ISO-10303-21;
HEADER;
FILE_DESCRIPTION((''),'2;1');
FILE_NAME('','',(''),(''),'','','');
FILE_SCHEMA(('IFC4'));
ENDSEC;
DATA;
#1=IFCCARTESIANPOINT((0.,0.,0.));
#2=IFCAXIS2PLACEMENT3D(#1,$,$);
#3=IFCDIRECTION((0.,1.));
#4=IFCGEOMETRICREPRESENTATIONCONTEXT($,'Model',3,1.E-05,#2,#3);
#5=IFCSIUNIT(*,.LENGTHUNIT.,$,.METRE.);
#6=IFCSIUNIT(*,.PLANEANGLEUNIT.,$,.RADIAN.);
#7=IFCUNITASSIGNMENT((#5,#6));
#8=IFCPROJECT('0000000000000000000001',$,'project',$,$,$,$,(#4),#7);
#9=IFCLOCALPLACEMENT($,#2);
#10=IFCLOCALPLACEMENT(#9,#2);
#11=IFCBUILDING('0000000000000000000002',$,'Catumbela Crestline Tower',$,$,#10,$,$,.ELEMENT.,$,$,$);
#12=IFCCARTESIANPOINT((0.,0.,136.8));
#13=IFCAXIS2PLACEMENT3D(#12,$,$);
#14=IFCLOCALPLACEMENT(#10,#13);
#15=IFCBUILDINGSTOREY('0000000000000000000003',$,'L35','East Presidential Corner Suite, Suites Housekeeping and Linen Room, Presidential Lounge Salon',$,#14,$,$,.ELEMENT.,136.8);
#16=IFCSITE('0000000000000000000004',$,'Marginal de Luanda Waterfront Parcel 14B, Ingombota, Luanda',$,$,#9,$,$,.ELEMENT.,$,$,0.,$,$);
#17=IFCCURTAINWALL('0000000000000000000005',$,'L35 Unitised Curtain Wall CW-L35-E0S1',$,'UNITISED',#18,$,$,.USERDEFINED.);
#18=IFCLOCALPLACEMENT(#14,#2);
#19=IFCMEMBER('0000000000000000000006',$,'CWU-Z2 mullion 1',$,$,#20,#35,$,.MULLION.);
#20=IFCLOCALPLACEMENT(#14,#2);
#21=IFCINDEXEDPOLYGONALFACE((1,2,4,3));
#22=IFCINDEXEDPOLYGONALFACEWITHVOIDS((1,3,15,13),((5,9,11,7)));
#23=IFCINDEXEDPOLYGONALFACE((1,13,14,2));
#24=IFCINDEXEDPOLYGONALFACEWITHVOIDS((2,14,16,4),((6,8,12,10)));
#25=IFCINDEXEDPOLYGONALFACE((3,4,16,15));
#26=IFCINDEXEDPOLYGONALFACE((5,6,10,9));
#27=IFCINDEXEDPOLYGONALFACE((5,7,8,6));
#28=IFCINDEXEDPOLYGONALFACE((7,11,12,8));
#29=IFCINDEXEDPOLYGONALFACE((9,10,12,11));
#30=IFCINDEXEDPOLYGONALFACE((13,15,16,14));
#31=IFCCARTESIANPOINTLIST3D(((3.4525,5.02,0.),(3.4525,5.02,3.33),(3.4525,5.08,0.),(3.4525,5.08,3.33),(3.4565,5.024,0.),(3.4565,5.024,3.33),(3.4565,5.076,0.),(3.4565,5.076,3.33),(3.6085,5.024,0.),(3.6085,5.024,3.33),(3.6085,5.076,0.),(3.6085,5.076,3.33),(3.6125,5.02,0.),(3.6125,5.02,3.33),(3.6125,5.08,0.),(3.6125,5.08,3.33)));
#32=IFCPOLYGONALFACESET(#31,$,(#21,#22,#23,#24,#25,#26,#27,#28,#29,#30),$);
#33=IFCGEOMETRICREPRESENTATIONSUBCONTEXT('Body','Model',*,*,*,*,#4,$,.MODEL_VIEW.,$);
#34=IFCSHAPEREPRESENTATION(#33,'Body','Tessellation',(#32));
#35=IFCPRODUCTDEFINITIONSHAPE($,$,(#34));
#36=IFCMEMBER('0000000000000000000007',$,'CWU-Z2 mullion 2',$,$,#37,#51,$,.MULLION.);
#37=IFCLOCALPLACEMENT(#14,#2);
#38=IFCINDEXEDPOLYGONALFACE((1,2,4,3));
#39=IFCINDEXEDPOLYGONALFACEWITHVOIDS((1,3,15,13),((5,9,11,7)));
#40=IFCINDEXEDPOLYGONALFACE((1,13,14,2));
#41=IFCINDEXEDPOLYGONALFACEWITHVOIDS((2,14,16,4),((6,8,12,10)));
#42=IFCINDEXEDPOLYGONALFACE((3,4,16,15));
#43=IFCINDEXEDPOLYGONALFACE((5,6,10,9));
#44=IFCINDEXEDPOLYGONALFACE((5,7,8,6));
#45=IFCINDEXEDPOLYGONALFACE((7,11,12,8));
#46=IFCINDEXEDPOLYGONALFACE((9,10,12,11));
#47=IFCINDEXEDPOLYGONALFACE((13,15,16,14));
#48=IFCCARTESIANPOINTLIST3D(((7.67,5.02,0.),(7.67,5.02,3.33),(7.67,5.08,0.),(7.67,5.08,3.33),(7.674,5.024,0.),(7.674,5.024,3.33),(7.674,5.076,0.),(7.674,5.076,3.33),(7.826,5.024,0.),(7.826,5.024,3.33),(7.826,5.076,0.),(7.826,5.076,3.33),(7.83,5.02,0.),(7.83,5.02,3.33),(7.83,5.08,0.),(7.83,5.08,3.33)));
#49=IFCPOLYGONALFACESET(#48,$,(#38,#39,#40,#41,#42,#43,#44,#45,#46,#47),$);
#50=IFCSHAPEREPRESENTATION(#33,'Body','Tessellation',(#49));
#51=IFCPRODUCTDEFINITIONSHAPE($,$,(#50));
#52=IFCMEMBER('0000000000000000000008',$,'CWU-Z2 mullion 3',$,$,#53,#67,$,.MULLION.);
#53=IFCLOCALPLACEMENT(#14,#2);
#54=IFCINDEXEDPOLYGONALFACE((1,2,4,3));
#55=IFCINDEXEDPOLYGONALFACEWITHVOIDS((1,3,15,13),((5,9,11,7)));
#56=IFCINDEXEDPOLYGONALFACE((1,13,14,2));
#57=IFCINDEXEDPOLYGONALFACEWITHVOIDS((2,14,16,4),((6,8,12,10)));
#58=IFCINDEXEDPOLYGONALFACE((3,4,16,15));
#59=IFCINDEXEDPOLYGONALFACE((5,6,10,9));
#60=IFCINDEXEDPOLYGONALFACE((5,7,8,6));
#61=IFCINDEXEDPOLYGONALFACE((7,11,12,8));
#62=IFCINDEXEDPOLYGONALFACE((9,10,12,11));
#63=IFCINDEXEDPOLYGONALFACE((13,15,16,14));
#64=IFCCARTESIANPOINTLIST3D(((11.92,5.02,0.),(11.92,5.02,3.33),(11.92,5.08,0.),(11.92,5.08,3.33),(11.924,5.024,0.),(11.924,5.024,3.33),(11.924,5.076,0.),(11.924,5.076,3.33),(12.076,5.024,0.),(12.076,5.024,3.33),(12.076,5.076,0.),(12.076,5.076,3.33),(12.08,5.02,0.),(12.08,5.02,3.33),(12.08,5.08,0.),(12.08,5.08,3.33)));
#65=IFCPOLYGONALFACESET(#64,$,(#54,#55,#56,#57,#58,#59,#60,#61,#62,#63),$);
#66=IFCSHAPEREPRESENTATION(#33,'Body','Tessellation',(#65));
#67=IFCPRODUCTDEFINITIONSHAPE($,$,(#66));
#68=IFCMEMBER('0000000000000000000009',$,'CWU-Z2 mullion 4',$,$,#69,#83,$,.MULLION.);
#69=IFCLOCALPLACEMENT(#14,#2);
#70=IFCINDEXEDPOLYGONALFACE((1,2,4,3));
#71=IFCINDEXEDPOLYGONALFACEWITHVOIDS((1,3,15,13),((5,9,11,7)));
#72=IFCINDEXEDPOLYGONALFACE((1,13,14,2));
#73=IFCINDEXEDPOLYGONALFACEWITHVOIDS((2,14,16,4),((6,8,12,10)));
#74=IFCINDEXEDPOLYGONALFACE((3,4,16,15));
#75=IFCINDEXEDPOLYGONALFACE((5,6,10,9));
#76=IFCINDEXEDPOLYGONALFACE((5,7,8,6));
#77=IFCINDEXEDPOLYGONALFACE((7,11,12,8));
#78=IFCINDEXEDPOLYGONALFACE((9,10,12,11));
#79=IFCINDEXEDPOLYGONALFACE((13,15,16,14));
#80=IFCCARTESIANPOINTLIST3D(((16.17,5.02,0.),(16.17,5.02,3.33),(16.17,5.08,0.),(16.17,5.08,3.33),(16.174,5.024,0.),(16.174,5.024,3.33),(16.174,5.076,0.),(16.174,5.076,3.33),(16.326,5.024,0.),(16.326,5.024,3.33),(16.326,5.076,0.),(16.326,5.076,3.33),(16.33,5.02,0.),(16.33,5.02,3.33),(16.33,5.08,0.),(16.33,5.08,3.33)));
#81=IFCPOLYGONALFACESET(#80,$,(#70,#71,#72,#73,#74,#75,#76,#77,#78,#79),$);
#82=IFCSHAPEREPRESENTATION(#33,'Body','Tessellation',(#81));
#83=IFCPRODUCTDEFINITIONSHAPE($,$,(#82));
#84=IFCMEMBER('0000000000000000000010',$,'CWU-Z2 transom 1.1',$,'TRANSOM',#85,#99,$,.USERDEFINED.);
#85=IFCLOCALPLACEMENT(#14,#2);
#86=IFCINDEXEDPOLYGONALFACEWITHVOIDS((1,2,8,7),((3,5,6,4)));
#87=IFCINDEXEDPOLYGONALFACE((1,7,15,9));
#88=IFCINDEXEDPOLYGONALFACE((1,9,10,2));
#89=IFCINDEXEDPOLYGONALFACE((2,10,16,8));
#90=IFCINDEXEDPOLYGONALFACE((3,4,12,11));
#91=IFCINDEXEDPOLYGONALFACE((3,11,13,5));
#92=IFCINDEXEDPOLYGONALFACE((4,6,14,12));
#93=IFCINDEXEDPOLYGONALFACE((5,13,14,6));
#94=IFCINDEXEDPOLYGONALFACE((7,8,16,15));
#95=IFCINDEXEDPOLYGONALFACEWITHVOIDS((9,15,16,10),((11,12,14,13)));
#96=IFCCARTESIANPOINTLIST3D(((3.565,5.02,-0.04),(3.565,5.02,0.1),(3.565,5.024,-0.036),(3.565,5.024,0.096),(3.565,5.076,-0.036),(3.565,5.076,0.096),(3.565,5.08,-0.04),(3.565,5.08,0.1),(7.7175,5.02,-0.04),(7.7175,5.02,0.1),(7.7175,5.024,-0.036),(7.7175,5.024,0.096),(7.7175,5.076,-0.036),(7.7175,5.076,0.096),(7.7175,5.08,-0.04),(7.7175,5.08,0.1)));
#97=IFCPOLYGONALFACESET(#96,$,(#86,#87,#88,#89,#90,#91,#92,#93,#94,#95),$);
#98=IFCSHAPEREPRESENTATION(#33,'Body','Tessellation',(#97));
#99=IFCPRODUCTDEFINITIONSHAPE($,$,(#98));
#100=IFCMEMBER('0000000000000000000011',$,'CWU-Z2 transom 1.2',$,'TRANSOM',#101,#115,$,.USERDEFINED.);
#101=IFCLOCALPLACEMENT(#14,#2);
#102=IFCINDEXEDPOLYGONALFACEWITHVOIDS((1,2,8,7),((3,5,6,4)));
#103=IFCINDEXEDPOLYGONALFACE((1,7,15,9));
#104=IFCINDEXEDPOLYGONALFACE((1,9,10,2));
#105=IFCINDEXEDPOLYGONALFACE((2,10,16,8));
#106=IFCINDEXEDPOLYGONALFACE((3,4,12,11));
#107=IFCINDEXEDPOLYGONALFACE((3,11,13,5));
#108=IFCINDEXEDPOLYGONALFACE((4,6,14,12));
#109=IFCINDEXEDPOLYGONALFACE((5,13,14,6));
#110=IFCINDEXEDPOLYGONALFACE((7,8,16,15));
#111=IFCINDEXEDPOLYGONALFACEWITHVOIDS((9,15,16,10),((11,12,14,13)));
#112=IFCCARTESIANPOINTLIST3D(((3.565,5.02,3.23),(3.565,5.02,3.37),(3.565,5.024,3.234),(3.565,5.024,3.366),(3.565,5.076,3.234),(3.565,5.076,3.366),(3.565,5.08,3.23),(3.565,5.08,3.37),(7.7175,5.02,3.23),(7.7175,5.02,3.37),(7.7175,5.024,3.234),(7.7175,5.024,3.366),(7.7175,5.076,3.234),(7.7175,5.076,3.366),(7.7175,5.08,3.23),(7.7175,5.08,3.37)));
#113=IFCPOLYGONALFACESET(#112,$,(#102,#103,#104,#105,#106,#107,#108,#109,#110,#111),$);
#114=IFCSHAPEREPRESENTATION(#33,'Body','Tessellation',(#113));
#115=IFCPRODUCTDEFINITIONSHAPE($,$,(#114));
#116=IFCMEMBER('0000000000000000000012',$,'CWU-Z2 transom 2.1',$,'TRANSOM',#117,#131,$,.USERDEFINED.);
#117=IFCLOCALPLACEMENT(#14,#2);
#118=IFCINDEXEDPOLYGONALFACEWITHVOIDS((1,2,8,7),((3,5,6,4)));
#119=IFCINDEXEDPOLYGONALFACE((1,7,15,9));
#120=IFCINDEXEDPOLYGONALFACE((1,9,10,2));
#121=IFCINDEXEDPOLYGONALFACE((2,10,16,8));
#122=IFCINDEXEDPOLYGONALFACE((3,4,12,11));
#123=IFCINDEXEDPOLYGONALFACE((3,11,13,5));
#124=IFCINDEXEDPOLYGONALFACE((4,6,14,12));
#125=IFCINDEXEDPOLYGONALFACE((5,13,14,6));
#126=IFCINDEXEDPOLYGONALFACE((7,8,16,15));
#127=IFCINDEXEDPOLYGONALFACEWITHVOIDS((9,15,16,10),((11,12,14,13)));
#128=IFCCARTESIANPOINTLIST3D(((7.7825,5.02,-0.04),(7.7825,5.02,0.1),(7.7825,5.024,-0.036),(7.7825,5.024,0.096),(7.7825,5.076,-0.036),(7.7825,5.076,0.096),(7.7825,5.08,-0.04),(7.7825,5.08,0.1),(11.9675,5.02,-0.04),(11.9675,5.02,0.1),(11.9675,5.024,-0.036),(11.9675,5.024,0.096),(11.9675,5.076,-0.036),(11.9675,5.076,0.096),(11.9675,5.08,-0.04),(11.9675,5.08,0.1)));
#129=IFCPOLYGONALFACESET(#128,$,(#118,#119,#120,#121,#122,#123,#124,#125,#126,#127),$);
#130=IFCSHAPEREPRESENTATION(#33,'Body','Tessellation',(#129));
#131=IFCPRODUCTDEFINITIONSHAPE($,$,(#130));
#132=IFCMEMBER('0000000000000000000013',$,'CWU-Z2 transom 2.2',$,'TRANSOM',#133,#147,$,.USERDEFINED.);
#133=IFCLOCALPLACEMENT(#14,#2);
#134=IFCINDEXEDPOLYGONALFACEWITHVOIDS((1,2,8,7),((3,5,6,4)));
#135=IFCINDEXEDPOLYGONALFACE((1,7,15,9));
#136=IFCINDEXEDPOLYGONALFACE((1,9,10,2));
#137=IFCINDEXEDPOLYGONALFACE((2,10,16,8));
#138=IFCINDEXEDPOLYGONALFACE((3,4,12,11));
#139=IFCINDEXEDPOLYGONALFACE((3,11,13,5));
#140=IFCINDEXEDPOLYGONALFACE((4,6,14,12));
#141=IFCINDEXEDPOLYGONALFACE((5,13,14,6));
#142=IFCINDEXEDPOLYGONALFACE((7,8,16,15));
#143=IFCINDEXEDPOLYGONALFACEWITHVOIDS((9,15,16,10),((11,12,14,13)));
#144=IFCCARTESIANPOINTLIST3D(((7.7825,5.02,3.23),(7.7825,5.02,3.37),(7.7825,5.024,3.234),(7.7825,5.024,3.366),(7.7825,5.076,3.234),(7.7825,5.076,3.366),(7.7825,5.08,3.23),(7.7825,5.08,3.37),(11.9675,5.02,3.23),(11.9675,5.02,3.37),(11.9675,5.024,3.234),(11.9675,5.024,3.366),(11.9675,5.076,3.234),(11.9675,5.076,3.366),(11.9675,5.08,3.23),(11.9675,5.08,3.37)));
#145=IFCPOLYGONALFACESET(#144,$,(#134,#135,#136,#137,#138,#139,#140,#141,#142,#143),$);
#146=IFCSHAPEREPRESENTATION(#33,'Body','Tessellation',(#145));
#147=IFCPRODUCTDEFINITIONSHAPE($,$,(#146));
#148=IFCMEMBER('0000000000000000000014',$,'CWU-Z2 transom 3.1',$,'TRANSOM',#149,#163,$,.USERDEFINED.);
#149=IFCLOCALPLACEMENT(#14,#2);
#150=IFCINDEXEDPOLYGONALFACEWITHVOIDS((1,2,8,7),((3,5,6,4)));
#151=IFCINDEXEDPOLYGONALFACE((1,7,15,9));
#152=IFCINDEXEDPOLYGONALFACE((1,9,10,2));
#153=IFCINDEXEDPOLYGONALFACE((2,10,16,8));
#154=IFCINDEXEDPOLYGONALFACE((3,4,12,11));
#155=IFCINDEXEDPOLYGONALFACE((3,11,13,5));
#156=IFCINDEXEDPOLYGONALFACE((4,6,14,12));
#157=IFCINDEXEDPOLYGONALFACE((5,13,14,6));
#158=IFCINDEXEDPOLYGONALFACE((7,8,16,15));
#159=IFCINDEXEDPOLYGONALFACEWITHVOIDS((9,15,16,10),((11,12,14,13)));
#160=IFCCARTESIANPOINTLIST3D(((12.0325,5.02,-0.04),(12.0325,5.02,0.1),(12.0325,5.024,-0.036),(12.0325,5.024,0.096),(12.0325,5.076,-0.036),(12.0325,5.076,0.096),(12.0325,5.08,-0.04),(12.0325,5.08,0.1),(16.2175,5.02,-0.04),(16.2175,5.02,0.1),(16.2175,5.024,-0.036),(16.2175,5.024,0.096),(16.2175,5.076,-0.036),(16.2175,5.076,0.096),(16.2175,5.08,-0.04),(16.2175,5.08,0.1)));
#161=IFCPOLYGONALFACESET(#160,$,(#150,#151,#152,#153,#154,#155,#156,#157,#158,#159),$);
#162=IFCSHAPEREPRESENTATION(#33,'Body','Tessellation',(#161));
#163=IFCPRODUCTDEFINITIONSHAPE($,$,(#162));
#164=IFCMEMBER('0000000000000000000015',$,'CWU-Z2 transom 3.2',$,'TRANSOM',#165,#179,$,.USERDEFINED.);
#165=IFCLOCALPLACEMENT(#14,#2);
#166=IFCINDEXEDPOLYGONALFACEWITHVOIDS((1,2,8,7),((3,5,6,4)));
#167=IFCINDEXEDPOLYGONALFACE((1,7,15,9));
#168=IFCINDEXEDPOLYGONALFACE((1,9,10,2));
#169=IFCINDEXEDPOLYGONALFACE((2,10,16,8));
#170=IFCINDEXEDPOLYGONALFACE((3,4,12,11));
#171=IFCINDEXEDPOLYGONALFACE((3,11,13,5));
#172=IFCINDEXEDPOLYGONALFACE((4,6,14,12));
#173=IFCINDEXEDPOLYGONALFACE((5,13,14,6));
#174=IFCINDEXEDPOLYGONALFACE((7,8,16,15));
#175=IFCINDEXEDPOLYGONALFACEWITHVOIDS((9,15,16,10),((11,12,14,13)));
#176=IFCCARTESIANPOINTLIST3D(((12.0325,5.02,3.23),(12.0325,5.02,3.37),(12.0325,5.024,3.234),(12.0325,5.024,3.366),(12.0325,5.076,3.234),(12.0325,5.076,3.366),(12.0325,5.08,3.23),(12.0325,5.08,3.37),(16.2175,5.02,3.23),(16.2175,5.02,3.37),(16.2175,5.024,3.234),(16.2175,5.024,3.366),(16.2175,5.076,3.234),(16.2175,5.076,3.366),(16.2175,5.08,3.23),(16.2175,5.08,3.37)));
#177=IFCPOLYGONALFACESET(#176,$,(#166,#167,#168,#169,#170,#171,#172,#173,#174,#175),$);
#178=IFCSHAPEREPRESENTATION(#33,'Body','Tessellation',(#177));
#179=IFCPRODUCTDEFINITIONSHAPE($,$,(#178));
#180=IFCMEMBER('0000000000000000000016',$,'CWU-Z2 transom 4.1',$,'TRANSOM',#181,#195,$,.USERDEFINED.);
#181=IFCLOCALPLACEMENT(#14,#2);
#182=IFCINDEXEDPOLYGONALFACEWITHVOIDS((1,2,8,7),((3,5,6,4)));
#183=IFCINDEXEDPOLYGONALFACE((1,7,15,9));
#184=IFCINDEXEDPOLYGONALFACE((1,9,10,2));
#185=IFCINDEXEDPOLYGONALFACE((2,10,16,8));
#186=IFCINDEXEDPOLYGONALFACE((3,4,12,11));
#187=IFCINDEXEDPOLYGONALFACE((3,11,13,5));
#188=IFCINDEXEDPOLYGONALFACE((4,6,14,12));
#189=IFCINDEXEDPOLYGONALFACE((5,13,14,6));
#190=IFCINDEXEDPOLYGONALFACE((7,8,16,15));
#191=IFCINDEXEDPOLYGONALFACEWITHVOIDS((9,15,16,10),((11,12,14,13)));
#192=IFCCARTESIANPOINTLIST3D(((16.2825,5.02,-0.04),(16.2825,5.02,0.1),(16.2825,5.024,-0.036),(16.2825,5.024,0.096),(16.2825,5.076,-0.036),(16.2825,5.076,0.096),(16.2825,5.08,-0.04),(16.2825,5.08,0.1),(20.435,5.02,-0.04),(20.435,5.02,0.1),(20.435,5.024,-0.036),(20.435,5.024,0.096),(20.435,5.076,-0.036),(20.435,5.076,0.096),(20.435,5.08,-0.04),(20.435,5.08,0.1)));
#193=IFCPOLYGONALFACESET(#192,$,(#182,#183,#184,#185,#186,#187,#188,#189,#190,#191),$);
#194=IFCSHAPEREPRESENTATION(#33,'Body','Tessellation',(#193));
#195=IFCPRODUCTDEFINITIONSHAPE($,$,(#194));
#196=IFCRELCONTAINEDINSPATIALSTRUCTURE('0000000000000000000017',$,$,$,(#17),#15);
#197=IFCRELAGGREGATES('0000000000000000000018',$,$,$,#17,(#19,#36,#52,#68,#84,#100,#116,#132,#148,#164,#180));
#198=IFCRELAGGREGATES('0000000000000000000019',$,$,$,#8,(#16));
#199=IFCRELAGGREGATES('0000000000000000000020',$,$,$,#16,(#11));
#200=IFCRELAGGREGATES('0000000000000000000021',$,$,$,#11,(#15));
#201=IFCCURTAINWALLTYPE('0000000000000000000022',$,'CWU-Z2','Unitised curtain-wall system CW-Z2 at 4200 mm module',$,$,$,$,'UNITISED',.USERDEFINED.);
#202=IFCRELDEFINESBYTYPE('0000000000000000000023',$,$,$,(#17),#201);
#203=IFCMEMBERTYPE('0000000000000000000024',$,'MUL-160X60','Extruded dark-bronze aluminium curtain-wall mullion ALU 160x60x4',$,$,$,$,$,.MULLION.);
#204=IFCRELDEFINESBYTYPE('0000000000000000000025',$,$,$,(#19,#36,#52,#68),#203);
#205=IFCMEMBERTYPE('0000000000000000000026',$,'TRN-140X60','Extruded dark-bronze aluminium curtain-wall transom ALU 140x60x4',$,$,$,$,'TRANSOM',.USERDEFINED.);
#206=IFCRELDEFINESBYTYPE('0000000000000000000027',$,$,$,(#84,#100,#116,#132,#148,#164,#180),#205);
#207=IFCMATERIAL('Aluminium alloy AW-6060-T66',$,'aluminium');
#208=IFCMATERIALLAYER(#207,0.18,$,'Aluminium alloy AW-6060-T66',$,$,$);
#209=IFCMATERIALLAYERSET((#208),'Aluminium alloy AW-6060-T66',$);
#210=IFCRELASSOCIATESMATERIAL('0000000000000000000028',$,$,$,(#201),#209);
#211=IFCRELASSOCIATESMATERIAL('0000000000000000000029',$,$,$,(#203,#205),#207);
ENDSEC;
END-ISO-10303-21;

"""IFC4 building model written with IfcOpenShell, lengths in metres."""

from ifc_helpers import new_model, si_unit, direction, frame, origin, origin_2d, place, context, subcontext, project, spatial, hollow_rectangle, extrude, material, layer, layer_set, material_profile, profile_set, type_object, element, aggregate, save


model = new_model("IFC4")

# Units and contexts
model_context = context("Model", 3, precision=1e-05, world=origin(), true_north=direction((0.0, 1.0)))
body_context = subcontext(model_context, "Body", "Model", "MODEL_VIEW")
ifc_project = project(units=[si_unit("LENGTHUNIT", "METRE"), si_unit("PLANEANGLEUNIT", "RADIAN")], contexts=[model_context])

# Site, building, storey
site_placement = place(None, origin())
site = spatial("IfcSite", under=ifc_project, at=site_placement, Name="Marginal de Luanda Waterfront Parcel 14B, Ingombota, Luanda", CompositionType="ELEMENT", RefElevation=0.0)
building_placement = place(site_placement, origin())
building = spatial("IfcBuilding", under=site, at=building_placement, Name="Catumbela Crestline Tower", CompositionType="ELEMENT")
storey_placement = place(building_placement, frame((0.0, 0.0, 136.8)))
storey = spatial("IfcBuildingStorey", under=building, at=storey_placement, Name="L35", Description="East Presidential Corner Suite, Suites Housekeeping and Linen Room, Presidential Lounge Salon", CompositionType="ELEMENT", Elevation=136.8)

# Curtain wall, members
ifc_material_1 = material(Name="Aluminium alloy AW-6060-T66", Category="aluminium")
ifc_layer_1 = layer(ifc_material_1, 0.18, Name="Aluminium alloy AW-6060-T66")
ifc_layer_set_1 = layer_set([ifc_layer_1], Name="Aluminium alloy AW-6060-T66")
curtain_wall_type = type_object("IfcCurtainWallType", Name="CWU-Z2", Description="Unitised curtain-wall system CW-Z2 at 4200 mm module", ElementType="UNITISED", PredefinedType="USERDEFINED", material=ifc_layer_set_1)
curtain_wall_placement = place(storey_placement, origin())
curtain_wall = element("IfcCurtainWall", 1, at=curtain_wall_placement, inside=storey, type_object=curtain_wall_type, Name="L35 Unitised Curtain Wall CW-L35-E0S1", ObjectType="UNITISED", PredefinedType="USERDEFINED")
ifc_material_profile_1 = material_profile(ifc_material_1, hollow_rectangle(XDim=0.06, YDim=0.16, WallThickness=0.004, at=origin_2d()), Name="ALU 160x60x4")
ifc_profile_set_1 = profile_set([ifc_material_profile_1], Name="Aluminium alloy AW-6060-T66")
member_type_1 = type_object("IfcMemberType", Name="MUL-160X60", Description="Extruded dark-bronze aluminium curtain-wall mullion ALU 160x60x4", PredefinedType="MULLION", material=ifc_profile_set_1)
member_1_placement = place(storey_placement, frame((3.5325, 5.05, 0.0), z_axis=(0.0, 0.0, 1.0), x_axis=(0.0, 1.0, 0.0)))
member_1 = element("IfcMember", 2, at=member_1_placement, type_object=member_type_1, Name="CWU-Z2 mullion 1", PredefinedType="MULLION", context=body_context, shape_type="SweptSolid", body=[
    extrude(hollow_rectangle(XDim=0.06, YDim=0.16, WallThickness=0.004, at=origin_2d()), origin(), (0.0, 0.0, 1.0), 3.33),
])
member_2_placement = place(storey_placement, frame((7.75, 5.05, 0.0), z_axis=(0.0, 0.0, 1.0), x_axis=(0.0, 1.0, 0.0)))
member_2 = element("IfcMember", 3, at=member_2_placement, type_object=member_type_1, Name="CWU-Z2 mullion 2", PredefinedType="MULLION", context=body_context, shape_type="SweptSolid", body=[
    extrude(hollow_rectangle(XDim=0.06, YDim=0.16, WallThickness=0.004, at=origin_2d()), origin(), (0.0, 0.0, 1.0), 3.33),
])
member_3_placement = place(storey_placement, frame((12.0, 5.05, 0.0), z_axis=(0.0, 0.0, 1.0), x_axis=(0.0, 1.0, 0.0)))
member_3 = element("IfcMember", 4, at=member_3_placement, type_object=member_type_1, Name="CWU-Z2 mullion 3", PredefinedType="MULLION", context=body_context, shape_type="SweptSolid", body=[
    extrude(hollow_rectangle(XDim=0.06, YDim=0.16, WallThickness=0.004, at=origin_2d()), origin(), (0.0, 0.0, 1.0), 3.33),
])
member_4_placement = place(storey_placement, frame((16.25, 5.05, 0.0), z_axis=(0.0, 0.0, 1.0), x_axis=(0.0, 1.0, 0.0)))
member_4 = element("IfcMember", 5, at=member_4_placement, type_object=member_type_1, Name="CWU-Z2 mullion 4", PredefinedType="MULLION", context=body_context, shape_type="SweptSolid", body=[
    extrude(hollow_rectangle(XDim=0.06, YDim=0.16, WallThickness=0.004, at=origin_2d()), origin(), (0.0, 0.0, 1.0), 3.33),
])
ifc_material_profile_2 = material_profile(ifc_material_1, hollow_rectangle(XDim=0.06, YDim=0.14, WallThickness=0.004, at=origin_2d()), Name="ALU 140x60x4")
ifc_profile_set_2 = profile_set([ifc_material_profile_2], Name="Aluminium alloy AW-6060-T66")
member_type_2 = type_object("IfcMemberType", Name="TRN-140X60", Description="Extruded dark-bronze aluminium curtain-wall transom ALU 140x60x4", ElementType="TRANSOM", PredefinedType="USERDEFINED", material=ifc_profile_set_2)
member_5_placement = place(storey_placement, frame((3.565, 5.05, 0.03), z_axis=(1.0, 0.0, 0.0), x_axis=(0.0, 1.0, 0.0)))
member_5 = element("IfcMember", 6, at=member_5_placement, type_object=member_type_2, Name="CWU-Z2 transom 1.1", ObjectType="TRANSOM", PredefinedType="USERDEFINED", context=body_context, shape_type="SweptSolid", body=[
    extrude(hollow_rectangle(XDim=0.06, YDim=0.14, WallThickness=0.004, at=origin_2d()), origin(), (0.0, 0.0, 1.0), 4.1525),
])
member_6_placement = place(storey_placement, frame((3.565, 5.05, 3.3), z_axis=(1.0, 0.0, 0.0), x_axis=(0.0, 1.0, 0.0)))
member_6 = element("IfcMember", 7, at=member_6_placement, type_object=member_type_2, Name="CWU-Z2 transom 1.2", ObjectType="TRANSOM", PredefinedType="USERDEFINED", context=body_context, shape_type="SweptSolid", body=[
    extrude(hollow_rectangle(XDim=0.06, YDim=0.14, WallThickness=0.004, at=origin_2d()), origin(), (0.0, 0.0, 1.0), 4.1525),
])
member_7_placement = place(storey_placement, frame((7.7825, 5.05, 0.03), z_axis=(1.0, 0.0, 0.0), x_axis=(0.0, 1.0, 0.0)))
member_7 = element("IfcMember", 8, at=member_7_placement, type_object=member_type_2, Name="CWU-Z2 transom 2.1", ObjectType="TRANSOM", PredefinedType="USERDEFINED", context=body_context, shape_type="SweptSolid", body=[
    extrude(hollow_rectangle(XDim=0.06, YDim=0.14, WallThickness=0.004, at=origin_2d()), origin(), (0.0, 0.0, 1.0), 4.185),
])
member_8_placement = place(storey_placement, frame((7.7825, 5.05, 3.3), z_axis=(1.0, 0.0, 0.0), x_axis=(0.0, 1.0, 0.0)))
member_8 = element("IfcMember", 9, at=member_8_placement, type_object=member_type_2, Name="CWU-Z2 transom 2.2", ObjectType="TRANSOM", PredefinedType="USERDEFINED", context=body_context, shape_type="SweptSolid", body=[
    extrude(hollow_rectangle(XDim=0.06, YDim=0.14, WallThickness=0.004, at=origin_2d()), origin(), (0.0, 0.0, 1.0), 4.185),
])
member_9_placement = place(storey_placement, frame((12.0325, 5.05, 0.03), z_axis=(1.0, 0.0, 0.0), x_axis=(0.0, 1.0, 0.0)))
member_9 = element("IfcMember", 10, at=member_9_placement, type_object=member_type_2, Name="CWU-Z2 transom 3.1", ObjectType="TRANSOM", PredefinedType="USERDEFINED", context=body_context, shape_type="SweptSolid", body=[
    extrude(hollow_rectangle(XDim=0.06, YDim=0.14, WallThickness=0.004, at=origin_2d()), origin(), (0.0, 0.0, 1.0), 4.185),
])
member_10_placement = place(storey_placement, frame((12.0325, 5.05, 3.3), z_axis=(1.0, 0.0, 0.0), x_axis=(0.0, 1.0, 0.0)))
member_10 = element("IfcMember", 11, at=member_10_placement, type_object=member_type_2, Name="CWU-Z2 transom 3.2", ObjectType="TRANSOM", PredefinedType="USERDEFINED", context=body_context, shape_type="SweptSolid", body=[
    extrude(hollow_rectangle(XDim=0.06, YDim=0.14, WallThickness=0.004, at=origin_2d()), origin(), (0.0, 0.0, 1.0), 4.185),
])
member_11_placement = place(storey_placement, frame((16.2825, 5.05, 0.03), z_axis=(1.0, 0.0, 0.0), x_axis=(0.0, 1.0, 0.0)))
member_11 = element("IfcMember", 12, at=member_11_placement, type_object=member_type_2, Name="CWU-Z2 transom 4.1", ObjectType="TRANSOM", PredefinedType="USERDEFINED", context=body_context, shape_type="SweptSolid", body=[
    extrude(hollow_rectangle(XDim=0.06, YDim=0.14, WallThickness=0.004, at=origin_2d()), origin(), (0.0, 0.0, 1.0), 4.1525),
])
aggregate(curtain_wall, [member_1, member_2, member_3, member_4, member_5, member_6, member_7, member_8, member_9, member_10, member_11])

save(model, "model.ifc")
